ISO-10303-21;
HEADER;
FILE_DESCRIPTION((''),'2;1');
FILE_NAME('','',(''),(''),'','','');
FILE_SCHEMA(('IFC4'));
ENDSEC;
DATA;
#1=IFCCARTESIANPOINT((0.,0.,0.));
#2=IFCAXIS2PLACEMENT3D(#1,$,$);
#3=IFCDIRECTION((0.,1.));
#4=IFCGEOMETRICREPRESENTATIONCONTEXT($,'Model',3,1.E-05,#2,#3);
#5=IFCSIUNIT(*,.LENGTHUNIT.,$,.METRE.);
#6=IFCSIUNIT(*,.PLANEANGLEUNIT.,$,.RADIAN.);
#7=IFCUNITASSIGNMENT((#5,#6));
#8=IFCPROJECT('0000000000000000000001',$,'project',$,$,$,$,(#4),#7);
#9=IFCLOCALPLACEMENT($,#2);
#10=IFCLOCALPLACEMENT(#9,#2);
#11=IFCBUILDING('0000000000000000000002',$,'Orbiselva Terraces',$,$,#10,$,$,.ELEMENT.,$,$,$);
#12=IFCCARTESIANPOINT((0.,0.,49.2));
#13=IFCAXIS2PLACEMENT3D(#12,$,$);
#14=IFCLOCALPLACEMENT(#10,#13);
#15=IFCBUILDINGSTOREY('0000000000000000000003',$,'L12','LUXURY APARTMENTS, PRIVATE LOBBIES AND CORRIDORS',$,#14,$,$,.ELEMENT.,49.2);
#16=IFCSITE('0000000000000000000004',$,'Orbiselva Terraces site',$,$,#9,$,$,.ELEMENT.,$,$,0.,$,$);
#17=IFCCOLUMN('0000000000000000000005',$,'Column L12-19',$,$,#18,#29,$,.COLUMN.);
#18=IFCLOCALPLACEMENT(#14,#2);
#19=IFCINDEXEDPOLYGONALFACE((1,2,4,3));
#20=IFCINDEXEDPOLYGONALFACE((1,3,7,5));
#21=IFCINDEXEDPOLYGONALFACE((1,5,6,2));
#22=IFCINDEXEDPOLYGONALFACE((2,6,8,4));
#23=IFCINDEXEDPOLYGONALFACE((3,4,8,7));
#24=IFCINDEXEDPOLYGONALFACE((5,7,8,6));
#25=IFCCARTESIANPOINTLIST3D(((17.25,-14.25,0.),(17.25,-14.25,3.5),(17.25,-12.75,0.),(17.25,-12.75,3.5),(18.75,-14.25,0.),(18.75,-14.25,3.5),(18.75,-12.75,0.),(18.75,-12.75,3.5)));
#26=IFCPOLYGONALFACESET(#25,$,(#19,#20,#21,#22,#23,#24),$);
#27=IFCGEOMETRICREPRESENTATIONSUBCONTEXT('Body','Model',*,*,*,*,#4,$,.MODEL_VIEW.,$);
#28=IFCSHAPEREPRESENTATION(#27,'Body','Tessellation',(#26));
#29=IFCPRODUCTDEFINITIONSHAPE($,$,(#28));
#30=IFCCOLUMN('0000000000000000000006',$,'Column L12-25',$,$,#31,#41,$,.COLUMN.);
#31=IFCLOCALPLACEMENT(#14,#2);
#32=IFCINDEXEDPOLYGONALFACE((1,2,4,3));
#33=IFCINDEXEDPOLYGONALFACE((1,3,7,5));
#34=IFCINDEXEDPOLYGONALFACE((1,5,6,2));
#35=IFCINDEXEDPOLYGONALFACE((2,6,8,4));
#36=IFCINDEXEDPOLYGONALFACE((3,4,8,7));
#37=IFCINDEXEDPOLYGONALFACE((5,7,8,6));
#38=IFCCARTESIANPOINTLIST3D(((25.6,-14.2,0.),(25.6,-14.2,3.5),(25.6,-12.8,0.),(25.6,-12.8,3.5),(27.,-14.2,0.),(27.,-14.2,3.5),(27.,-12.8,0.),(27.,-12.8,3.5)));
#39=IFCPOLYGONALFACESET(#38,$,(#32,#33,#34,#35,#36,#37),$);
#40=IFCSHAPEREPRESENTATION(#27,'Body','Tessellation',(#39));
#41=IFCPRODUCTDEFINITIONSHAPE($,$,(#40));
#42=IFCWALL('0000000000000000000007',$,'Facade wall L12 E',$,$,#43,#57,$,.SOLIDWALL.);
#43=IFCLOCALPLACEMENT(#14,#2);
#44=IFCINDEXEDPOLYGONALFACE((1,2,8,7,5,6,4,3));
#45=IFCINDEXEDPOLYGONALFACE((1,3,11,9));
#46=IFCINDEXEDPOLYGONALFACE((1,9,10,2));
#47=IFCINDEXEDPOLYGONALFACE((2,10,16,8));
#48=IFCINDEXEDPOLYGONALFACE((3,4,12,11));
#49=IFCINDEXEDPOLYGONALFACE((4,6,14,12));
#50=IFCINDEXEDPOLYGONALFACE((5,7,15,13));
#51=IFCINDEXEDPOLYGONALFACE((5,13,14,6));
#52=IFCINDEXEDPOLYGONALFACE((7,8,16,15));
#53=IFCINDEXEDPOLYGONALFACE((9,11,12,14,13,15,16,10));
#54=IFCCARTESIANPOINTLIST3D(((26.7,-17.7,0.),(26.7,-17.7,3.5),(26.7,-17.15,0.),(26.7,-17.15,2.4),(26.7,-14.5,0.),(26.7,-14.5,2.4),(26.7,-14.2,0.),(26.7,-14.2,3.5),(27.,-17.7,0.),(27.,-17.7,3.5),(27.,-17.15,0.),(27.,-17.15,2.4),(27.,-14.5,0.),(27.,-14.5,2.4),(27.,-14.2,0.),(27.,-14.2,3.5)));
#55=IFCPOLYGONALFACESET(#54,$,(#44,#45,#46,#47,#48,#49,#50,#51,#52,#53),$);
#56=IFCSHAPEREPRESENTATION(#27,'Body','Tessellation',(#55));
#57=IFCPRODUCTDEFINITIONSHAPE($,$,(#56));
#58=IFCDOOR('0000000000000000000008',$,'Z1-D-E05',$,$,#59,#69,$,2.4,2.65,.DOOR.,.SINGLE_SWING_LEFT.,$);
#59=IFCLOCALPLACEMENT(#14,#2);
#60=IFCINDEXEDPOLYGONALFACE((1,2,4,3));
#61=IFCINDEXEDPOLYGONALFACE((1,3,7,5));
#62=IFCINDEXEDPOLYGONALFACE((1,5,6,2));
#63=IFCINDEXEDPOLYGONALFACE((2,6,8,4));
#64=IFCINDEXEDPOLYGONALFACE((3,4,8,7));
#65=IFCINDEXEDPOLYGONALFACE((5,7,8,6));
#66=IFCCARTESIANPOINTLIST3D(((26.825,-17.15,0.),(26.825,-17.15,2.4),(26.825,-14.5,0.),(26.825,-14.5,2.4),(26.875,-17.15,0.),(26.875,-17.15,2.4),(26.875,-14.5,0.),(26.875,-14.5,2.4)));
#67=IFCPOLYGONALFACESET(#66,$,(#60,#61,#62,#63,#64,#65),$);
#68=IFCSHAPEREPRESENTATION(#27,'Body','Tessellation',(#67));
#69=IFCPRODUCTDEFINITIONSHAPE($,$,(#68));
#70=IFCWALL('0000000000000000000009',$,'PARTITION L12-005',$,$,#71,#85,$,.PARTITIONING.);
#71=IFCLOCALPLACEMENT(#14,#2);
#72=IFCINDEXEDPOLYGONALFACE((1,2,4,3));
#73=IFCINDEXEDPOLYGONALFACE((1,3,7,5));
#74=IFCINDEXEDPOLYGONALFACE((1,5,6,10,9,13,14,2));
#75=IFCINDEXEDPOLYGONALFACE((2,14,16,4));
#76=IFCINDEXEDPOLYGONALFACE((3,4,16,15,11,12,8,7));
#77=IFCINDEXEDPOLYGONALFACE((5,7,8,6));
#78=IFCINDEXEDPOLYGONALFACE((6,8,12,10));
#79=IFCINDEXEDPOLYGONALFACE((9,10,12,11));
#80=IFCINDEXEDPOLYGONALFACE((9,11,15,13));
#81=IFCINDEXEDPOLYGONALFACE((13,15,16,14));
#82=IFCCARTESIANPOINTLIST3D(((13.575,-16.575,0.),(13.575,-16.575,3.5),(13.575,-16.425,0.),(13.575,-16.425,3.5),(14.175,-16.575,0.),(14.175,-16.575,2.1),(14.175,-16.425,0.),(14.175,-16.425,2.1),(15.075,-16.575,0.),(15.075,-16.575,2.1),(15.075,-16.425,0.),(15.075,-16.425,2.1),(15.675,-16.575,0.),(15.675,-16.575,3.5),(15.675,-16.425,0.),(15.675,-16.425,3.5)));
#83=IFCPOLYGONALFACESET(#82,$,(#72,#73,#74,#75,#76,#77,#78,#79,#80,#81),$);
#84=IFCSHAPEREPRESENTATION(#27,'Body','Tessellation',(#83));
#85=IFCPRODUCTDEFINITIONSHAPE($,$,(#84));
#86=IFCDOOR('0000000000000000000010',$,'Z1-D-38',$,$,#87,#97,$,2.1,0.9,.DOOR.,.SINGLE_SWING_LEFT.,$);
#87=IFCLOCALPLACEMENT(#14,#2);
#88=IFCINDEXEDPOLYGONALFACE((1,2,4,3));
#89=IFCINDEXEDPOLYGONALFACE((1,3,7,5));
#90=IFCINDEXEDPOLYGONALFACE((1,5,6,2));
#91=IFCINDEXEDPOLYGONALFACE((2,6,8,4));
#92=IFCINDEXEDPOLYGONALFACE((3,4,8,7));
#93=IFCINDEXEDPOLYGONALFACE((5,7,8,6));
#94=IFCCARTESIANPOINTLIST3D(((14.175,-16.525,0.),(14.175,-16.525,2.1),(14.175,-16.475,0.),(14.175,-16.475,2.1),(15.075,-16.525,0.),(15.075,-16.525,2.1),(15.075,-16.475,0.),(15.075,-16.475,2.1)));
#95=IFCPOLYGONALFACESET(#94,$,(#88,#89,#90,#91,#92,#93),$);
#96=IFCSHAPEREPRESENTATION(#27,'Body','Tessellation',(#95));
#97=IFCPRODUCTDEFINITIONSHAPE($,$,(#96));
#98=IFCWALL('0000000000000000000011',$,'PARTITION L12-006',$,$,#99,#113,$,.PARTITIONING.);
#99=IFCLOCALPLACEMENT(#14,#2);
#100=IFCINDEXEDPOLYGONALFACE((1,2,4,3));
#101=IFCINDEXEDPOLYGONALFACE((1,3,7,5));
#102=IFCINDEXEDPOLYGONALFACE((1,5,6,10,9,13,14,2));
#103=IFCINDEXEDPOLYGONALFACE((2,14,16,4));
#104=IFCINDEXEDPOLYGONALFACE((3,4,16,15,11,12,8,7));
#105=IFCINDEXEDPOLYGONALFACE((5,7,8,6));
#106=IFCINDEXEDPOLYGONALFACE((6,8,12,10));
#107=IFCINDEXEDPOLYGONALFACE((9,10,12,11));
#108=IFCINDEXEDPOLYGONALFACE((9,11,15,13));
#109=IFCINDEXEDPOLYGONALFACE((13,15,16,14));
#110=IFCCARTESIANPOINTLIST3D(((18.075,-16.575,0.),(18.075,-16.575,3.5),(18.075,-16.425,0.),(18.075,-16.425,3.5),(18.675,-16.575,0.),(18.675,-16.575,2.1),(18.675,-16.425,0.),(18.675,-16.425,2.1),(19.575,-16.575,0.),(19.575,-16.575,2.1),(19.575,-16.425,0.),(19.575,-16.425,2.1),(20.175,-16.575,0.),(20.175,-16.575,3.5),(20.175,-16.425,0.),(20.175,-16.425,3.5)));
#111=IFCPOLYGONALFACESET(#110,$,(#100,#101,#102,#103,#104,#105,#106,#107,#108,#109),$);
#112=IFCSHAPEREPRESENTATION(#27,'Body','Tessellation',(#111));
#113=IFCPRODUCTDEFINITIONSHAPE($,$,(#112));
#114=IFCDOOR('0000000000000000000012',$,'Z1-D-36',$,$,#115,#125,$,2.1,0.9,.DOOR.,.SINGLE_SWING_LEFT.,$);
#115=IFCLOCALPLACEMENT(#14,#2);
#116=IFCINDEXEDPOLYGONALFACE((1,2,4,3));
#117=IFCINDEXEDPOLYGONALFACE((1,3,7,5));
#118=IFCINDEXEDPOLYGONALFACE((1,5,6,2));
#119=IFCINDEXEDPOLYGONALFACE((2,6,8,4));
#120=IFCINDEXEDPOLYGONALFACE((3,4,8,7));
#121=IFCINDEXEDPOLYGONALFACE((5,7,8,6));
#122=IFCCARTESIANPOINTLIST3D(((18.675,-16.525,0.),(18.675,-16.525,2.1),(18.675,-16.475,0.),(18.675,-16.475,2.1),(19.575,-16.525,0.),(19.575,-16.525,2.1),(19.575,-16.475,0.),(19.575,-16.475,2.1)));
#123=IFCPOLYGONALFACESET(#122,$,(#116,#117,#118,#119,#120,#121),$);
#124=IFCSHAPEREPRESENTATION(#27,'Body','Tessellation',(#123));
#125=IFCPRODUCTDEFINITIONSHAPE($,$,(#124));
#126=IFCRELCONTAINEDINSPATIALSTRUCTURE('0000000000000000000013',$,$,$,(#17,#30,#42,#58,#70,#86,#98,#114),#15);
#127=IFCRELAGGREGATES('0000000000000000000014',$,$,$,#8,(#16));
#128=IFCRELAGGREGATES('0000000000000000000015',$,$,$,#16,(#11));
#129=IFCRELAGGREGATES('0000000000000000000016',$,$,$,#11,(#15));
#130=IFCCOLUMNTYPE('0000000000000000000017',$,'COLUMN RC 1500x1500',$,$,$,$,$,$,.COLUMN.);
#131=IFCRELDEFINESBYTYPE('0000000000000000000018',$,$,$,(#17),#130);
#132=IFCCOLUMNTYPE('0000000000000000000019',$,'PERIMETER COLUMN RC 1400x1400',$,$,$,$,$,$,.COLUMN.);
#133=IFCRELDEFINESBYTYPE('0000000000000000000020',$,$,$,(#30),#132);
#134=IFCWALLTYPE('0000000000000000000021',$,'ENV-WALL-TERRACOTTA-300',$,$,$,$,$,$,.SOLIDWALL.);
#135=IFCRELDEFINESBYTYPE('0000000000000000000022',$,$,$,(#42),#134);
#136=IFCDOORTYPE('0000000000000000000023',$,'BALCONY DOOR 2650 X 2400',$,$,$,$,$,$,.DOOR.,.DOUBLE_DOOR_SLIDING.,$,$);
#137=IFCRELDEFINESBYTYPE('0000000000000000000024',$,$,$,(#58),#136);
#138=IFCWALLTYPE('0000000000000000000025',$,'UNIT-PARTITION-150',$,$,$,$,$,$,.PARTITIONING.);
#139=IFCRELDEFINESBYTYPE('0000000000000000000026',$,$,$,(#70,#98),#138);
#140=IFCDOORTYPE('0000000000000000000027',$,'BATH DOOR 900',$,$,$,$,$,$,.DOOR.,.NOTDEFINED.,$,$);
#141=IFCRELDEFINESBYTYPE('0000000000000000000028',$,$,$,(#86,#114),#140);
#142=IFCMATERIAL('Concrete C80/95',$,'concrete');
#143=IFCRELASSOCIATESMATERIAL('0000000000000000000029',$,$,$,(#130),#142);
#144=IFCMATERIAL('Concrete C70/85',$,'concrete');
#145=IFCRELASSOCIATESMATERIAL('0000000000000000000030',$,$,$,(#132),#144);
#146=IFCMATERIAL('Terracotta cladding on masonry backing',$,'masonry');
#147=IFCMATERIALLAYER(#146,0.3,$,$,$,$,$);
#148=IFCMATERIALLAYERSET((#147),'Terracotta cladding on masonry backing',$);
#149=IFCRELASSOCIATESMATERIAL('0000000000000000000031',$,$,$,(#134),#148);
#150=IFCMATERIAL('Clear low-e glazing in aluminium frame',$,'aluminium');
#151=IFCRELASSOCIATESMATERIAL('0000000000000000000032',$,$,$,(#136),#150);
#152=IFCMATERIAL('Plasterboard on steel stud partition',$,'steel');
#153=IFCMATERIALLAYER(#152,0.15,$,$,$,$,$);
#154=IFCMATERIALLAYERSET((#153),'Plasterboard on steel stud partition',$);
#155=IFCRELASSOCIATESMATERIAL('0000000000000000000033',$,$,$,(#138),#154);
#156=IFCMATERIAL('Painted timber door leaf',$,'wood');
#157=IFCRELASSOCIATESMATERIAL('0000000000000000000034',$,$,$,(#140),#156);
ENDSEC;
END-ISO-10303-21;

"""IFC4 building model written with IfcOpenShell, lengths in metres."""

from ifc_helpers import new_model, si_unit, direction, frame, frame_2d, origin, origin_2d, place, context, subcontext, project, spatial, rectangle, extrude, material, layer, layer_set, material_profile, profile_set, type_object, element, fill, save


model = new_model("IFC4")

# Units and contexts
model_context = context("Model", 3, precision=1e-05, world=origin(), true_north=direction((0.0, 1.0)))
body_context = subcontext(model_context, "Body", "Model", "MODEL_VIEW")
ifc_project = project(units=[si_unit("LENGTHUNIT", "METRE"), si_unit("PLANEANGLEUNIT", "RADIAN")], contexts=[model_context])

# Site, building, storey
site_placement = place(None, origin())
site = spatial("IfcSite", under=ifc_project, at=site_placement, Name="Orbiselva Terraces site", CompositionType="ELEMENT", RefElevation=0.0)
building_placement = place(site_placement, origin())
building = spatial("IfcBuilding", under=site, at=building_placement, Name="Orbiselva Terraces", CompositionType="ELEMENT")
storey_placement = place(building_placement, frame((0.0, 0.0, 49.2)))
storey = spatial("IfcBuildingStorey", under=building, at=storey_placement, Name="L12", Description="LUXURY APARTMENTS, PRIVATE LOBBIES AND CORRIDORS", CompositionType="ELEMENT", Elevation=49.2)

# Columns
ifc_material_1 = material(Name="Concrete C80/95", Category="concrete")
ifc_material_profile_1 = material_profile(ifc_material_1, rectangle(XDim=1.5, YDim=1.5, at=origin_2d()), Name="RC 1500x1500")
ifc_profile_set_1 = profile_set([ifc_material_profile_1], Name="Concrete C80/95")
column_type_1 = type_object("IfcColumnType", Name="COLUMN RC 1500x1500", PredefinedType="COLUMN", material=ifc_profile_set_1)
column_1_placement = place(storey_placement, frame((18.0, -13.5, 0.0), z_axis=(0.0, 0.0, 1.0), x_axis=(1.0, 0.0, 0.0)))
element("IfcColumn", 1, at=column_1_placement, inside=storey, type_object=column_type_1, Name="Column L12-19", PredefinedType="COLUMN", context=body_context, shape_type="SweptSolid", body=[
    extrude(rectangle(XDim=1.5, YDim=1.5, at=origin_2d()), origin(), (0.0, 0.0, 1.0), 3.5),
])
ifc_material_2 = material(Name="Concrete C70/85", Category="concrete")
ifc_material_profile_2 = material_profile(ifc_material_2, rectangle(XDim=1.4, YDim=1.4, at=origin_2d()), Name="RC 1400x1400")
ifc_profile_set_2 = profile_set([ifc_material_profile_2], Name="Concrete C70/85")
column_type_2 = type_object("IfcColumnType", Name="PERIMETER COLUMN RC 1400x1400", PredefinedType="COLUMN", material=ifc_profile_set_2)
column_2_placement = place(storey_placement, frame((26.3, -13.5, 0.0), z_axis=(0.0, 0.0, 1.0), x_axis=(1.0, 0.0, 0.0)))
element("IfcColumn", 2, at=column_2_placement, inside=storey, type_object=column_type_2, Name="Column L12-25", PredefinedType="COLUMN", context=body_context, shape_type="SweptSolid", body=[
    extrude(rectangle(XDim=1.4, YDim=1.4, at=origin_2d()), origin(), (0.0, 0.0, 1.0), 3.5),
])

# Walls, openings, doors
ifc_material_3 = material(Name="Terracotta cladding on masonry backing", Category="masonry")
ifc_layer_1 = layer(ifc_material_3, 0.3)
ifc_layer_set_1 = layer_set([ifc_layer_1], Name="Terracotta cladding on masonry backing")
wall_type_1 = type_object("IfcWallType", Name="ENV-WALL-TERRACOTTA-300", PredefinedType="SOLIDWALL", material=ifc_layer_set_1)
wall_1_placement = place(storey_placement, frame((26.85, -14.2, 0.0), z_axis=(0.0, 0.0, 1.0), x_axis=(0.0, -1.0, 0.0)))
wall_1 = element("IfcWall", 3, at=wall_1_placement, inside=storey, type_object=wall_type_1, Name="Facade wall L12 E", PredefinedType="SOLIDWALL", context=body_context, shape_type="SweptSolid", body=[
    extrude(rectangle(XDim=3.5, YDim=0.3, at=frame_2d((1.75, 0.0))), origin(), (0.0, 0.0, 1.0), 3.5),
])
opening_1_placement = place(wall_1_placement, frame((0.3, 0.0, 0.0)))
opening_1 = element("IfcOpeningElement", 4, at=opening_1_placement, cuts=wall_1, PredefinedType="OPENING", context=body_context, shape_type="SweptSolid", body=[
    extrude(rectangle(XDim=2.65, YDim=2.4, at=frame_2d((1.325, 1.2))), frame((0.0, 0.16, 0.0), z_axis=(0.0, -1.0, 0.0), x_axis=(1.0, 0.0, 0.0)), (0.0, 0.0, 1.0), 0.32),
])
ifc_material_4 = material(Name="Clear low-e glazing in aluminium frame", Category="aluminium")
door_type_1 = type_object("IfcDoorType", Name="BALCONY DOOR 2650 X 2400", OperationType="DOUBLE_DOOR_SLIDING", PredefinedType="DOOR", material=ifc_material_4)
door_1_placement = place(opening_1_placement, origin())
door_1 = element("IfcDoor", 5, at=door_1_placement, inside=storey, type_object=door_type_1, Name="Z1-D-E05", OperationType="SINGLE_SWING_LEFT", OverallHeight=2.4, OverallWidth=2.65, PredefinedType="DOOR", context=body_context, shape_type="SweptSolid", body=[
    extrude(rectangle(XDim=2.65, YDim=2.4, at=frame_2d((1.325, 1.2))), frame((0.0, 0.025, 0.0), z_axis=(0.0, -1.0, 0.0), x_axis=(1.0, 0.0, 0.0)), (0.0, 0.0, 1.0), 0.05),
])
fill(opening_1, door_1)
ifc_material_5 = material(Name="Plasterboard on steel stud partition", Category="steel")
ifc_layer_2 = layer(ifc_material_5, 0.15)
ifc_layer_set_2 = layer_set([ifc_layer_2], Name="Plasterboard on steel stud partition")
wall_type_2 = type_object("IfcWallType", Name="UNIT-PARTITION-150", PredefinedType="PARTITIONING", material=ifc_layer_set_2)
wall_2_placement = place(storey_placement, frame((13.575, -16.5, 0.0), z_axis=(0.0, 0.0, 1.0), x_axis=(1.0, 0.0, 0.0)))
wall_2 = element("IfcWall", 6, at=wall_2_placement, inside=storey, type_object=wall_type_2, Name="PARTITION L12-005", PredefinedType="PARTITIONING", context=body_context, shape_type="SweptSolid", body=[
    extrude(rectangle(XDim=2.1, YDim=0.15, at=frame_2d((1.05, 0.0))), origin(), (0.0, 0.0, 1.0), 3.5),
])
opening_2_placement = place(wall_2_placement, frame((0.6, 0.0, 0.0)))
opening_2 = element("IfcOpeningElement", 7, at=opening_2_placement, cuts=wall_2, PredefinedType="OPENING", context=body_context, shape_type="SweptSolid", body=[
    extrude(rectangle(XDim=0.9, YDim=2.1, at=frame_2d((0.45, 1.05))), frame((0.0, 0.085, 0.0), z_axis=(0.0, -1.0, 0.0), x_axis=(1.0, 0.0, 0.0)), (0.0, 0.0, 1.0), 0.17),
])
ifc_material_6 = material(Name="Painted timber door leaf", Category="wood")
door_type_2 = type_object("IfcDoorType", Name="BATH DOOR 900", OperationType="NOTDEFINED", PredefinedType="DOOR", material=ifc_material_6)
door_2_placement = place(opening_2_placement, origin())
door_2 = element("IfcDoor", 8, at=door_2_placement, inside=storey, type_object=door_type_2, Name="Z1-D-38", OperationType="SINGLE_SWING_LEFT", OverallHeight=2.1, OverallWidth=0.9, PredefinedType="DOOR", context=body_context, shape_type="SweptSolid", body=[
    extrude(rectangle(XDim=0.9, YDim=2.1, at=frame_2d((0.45, 1.05))), frame((0.0, 0.025, 0.0), z_axis=(0.0, -1.0, 0.0), x_axis=(1.0, 0.0, 0.0)), (0.0, 0.0, 1.0), 0.05),
])
fill(opening_2, door_2)
wall_3_placement = place(storey_placement, frame((18.075, -16.5, 0.0), z_axis=(0.0, 0.0, 1.0), x_axis=(1.0, 0.0, 0.0)))
wall_3 = element("IfcWall", 9, at=wall_3_placement, inside=storey, type_object=wall_type_2, Name="PARTITION L12-006", PredefinedType="PARTITIONING", context=body_context, shape_type="SweptSolid", body=[
    extrude(rectangle(XDim=2.1, YDim=0.15, at=frame_2d((1.05, 0.0))), origin(), (0.0, 0.0, 1.0), 3.5),
])
opening_3_placement = place(wall_3_placement, frame((0.6, 0.0, 0.0)))
opening_3 = element("IfcOpeningElement", 10, at=opening_3_placement, cuts=wall_3, PredefinedType="OPENING", context=body_context, shape_type="SweptSolid", body=[
    extrude(rectangle(XDim=0.9, YDim=2.1, at=frame_2d((0.45, 1.05))), frame((0.0, 0.085, 0.0), z_axis=(0.0, -1.0, 0.0), x_axis=(1.0, 0.0, 0.0)), (0.0, 0.0, 1.0), 0.17),
])
door_3_placement = place(opening_3_placement, origin())
door_3 = element("IfcDoor", 11, at=door_3_placement, inside=storey, type_object=door_type_2, Name="Z1-D-36", OperationType="SINGLE_SWING_LEFT", OverallHeight=2.1, OverallWidth=0.9, PredefinedType="DOOR", context=body_context, shape_type="SweptSolid", body=[
    extrude(rectangle(XDim=0.9, YDim=2.1, at=frame_2d((0.45, 1.05))), frame((0.0, 0.025, 0.0), z_axis=(0.0, -1.0, 0.0), x_axis=(1.0, 0.0, 0.0)), (0.0, 0.0, 1.0), 0.05),
])
fill(opening_3, door_3)

save(model, "model.ifc")
